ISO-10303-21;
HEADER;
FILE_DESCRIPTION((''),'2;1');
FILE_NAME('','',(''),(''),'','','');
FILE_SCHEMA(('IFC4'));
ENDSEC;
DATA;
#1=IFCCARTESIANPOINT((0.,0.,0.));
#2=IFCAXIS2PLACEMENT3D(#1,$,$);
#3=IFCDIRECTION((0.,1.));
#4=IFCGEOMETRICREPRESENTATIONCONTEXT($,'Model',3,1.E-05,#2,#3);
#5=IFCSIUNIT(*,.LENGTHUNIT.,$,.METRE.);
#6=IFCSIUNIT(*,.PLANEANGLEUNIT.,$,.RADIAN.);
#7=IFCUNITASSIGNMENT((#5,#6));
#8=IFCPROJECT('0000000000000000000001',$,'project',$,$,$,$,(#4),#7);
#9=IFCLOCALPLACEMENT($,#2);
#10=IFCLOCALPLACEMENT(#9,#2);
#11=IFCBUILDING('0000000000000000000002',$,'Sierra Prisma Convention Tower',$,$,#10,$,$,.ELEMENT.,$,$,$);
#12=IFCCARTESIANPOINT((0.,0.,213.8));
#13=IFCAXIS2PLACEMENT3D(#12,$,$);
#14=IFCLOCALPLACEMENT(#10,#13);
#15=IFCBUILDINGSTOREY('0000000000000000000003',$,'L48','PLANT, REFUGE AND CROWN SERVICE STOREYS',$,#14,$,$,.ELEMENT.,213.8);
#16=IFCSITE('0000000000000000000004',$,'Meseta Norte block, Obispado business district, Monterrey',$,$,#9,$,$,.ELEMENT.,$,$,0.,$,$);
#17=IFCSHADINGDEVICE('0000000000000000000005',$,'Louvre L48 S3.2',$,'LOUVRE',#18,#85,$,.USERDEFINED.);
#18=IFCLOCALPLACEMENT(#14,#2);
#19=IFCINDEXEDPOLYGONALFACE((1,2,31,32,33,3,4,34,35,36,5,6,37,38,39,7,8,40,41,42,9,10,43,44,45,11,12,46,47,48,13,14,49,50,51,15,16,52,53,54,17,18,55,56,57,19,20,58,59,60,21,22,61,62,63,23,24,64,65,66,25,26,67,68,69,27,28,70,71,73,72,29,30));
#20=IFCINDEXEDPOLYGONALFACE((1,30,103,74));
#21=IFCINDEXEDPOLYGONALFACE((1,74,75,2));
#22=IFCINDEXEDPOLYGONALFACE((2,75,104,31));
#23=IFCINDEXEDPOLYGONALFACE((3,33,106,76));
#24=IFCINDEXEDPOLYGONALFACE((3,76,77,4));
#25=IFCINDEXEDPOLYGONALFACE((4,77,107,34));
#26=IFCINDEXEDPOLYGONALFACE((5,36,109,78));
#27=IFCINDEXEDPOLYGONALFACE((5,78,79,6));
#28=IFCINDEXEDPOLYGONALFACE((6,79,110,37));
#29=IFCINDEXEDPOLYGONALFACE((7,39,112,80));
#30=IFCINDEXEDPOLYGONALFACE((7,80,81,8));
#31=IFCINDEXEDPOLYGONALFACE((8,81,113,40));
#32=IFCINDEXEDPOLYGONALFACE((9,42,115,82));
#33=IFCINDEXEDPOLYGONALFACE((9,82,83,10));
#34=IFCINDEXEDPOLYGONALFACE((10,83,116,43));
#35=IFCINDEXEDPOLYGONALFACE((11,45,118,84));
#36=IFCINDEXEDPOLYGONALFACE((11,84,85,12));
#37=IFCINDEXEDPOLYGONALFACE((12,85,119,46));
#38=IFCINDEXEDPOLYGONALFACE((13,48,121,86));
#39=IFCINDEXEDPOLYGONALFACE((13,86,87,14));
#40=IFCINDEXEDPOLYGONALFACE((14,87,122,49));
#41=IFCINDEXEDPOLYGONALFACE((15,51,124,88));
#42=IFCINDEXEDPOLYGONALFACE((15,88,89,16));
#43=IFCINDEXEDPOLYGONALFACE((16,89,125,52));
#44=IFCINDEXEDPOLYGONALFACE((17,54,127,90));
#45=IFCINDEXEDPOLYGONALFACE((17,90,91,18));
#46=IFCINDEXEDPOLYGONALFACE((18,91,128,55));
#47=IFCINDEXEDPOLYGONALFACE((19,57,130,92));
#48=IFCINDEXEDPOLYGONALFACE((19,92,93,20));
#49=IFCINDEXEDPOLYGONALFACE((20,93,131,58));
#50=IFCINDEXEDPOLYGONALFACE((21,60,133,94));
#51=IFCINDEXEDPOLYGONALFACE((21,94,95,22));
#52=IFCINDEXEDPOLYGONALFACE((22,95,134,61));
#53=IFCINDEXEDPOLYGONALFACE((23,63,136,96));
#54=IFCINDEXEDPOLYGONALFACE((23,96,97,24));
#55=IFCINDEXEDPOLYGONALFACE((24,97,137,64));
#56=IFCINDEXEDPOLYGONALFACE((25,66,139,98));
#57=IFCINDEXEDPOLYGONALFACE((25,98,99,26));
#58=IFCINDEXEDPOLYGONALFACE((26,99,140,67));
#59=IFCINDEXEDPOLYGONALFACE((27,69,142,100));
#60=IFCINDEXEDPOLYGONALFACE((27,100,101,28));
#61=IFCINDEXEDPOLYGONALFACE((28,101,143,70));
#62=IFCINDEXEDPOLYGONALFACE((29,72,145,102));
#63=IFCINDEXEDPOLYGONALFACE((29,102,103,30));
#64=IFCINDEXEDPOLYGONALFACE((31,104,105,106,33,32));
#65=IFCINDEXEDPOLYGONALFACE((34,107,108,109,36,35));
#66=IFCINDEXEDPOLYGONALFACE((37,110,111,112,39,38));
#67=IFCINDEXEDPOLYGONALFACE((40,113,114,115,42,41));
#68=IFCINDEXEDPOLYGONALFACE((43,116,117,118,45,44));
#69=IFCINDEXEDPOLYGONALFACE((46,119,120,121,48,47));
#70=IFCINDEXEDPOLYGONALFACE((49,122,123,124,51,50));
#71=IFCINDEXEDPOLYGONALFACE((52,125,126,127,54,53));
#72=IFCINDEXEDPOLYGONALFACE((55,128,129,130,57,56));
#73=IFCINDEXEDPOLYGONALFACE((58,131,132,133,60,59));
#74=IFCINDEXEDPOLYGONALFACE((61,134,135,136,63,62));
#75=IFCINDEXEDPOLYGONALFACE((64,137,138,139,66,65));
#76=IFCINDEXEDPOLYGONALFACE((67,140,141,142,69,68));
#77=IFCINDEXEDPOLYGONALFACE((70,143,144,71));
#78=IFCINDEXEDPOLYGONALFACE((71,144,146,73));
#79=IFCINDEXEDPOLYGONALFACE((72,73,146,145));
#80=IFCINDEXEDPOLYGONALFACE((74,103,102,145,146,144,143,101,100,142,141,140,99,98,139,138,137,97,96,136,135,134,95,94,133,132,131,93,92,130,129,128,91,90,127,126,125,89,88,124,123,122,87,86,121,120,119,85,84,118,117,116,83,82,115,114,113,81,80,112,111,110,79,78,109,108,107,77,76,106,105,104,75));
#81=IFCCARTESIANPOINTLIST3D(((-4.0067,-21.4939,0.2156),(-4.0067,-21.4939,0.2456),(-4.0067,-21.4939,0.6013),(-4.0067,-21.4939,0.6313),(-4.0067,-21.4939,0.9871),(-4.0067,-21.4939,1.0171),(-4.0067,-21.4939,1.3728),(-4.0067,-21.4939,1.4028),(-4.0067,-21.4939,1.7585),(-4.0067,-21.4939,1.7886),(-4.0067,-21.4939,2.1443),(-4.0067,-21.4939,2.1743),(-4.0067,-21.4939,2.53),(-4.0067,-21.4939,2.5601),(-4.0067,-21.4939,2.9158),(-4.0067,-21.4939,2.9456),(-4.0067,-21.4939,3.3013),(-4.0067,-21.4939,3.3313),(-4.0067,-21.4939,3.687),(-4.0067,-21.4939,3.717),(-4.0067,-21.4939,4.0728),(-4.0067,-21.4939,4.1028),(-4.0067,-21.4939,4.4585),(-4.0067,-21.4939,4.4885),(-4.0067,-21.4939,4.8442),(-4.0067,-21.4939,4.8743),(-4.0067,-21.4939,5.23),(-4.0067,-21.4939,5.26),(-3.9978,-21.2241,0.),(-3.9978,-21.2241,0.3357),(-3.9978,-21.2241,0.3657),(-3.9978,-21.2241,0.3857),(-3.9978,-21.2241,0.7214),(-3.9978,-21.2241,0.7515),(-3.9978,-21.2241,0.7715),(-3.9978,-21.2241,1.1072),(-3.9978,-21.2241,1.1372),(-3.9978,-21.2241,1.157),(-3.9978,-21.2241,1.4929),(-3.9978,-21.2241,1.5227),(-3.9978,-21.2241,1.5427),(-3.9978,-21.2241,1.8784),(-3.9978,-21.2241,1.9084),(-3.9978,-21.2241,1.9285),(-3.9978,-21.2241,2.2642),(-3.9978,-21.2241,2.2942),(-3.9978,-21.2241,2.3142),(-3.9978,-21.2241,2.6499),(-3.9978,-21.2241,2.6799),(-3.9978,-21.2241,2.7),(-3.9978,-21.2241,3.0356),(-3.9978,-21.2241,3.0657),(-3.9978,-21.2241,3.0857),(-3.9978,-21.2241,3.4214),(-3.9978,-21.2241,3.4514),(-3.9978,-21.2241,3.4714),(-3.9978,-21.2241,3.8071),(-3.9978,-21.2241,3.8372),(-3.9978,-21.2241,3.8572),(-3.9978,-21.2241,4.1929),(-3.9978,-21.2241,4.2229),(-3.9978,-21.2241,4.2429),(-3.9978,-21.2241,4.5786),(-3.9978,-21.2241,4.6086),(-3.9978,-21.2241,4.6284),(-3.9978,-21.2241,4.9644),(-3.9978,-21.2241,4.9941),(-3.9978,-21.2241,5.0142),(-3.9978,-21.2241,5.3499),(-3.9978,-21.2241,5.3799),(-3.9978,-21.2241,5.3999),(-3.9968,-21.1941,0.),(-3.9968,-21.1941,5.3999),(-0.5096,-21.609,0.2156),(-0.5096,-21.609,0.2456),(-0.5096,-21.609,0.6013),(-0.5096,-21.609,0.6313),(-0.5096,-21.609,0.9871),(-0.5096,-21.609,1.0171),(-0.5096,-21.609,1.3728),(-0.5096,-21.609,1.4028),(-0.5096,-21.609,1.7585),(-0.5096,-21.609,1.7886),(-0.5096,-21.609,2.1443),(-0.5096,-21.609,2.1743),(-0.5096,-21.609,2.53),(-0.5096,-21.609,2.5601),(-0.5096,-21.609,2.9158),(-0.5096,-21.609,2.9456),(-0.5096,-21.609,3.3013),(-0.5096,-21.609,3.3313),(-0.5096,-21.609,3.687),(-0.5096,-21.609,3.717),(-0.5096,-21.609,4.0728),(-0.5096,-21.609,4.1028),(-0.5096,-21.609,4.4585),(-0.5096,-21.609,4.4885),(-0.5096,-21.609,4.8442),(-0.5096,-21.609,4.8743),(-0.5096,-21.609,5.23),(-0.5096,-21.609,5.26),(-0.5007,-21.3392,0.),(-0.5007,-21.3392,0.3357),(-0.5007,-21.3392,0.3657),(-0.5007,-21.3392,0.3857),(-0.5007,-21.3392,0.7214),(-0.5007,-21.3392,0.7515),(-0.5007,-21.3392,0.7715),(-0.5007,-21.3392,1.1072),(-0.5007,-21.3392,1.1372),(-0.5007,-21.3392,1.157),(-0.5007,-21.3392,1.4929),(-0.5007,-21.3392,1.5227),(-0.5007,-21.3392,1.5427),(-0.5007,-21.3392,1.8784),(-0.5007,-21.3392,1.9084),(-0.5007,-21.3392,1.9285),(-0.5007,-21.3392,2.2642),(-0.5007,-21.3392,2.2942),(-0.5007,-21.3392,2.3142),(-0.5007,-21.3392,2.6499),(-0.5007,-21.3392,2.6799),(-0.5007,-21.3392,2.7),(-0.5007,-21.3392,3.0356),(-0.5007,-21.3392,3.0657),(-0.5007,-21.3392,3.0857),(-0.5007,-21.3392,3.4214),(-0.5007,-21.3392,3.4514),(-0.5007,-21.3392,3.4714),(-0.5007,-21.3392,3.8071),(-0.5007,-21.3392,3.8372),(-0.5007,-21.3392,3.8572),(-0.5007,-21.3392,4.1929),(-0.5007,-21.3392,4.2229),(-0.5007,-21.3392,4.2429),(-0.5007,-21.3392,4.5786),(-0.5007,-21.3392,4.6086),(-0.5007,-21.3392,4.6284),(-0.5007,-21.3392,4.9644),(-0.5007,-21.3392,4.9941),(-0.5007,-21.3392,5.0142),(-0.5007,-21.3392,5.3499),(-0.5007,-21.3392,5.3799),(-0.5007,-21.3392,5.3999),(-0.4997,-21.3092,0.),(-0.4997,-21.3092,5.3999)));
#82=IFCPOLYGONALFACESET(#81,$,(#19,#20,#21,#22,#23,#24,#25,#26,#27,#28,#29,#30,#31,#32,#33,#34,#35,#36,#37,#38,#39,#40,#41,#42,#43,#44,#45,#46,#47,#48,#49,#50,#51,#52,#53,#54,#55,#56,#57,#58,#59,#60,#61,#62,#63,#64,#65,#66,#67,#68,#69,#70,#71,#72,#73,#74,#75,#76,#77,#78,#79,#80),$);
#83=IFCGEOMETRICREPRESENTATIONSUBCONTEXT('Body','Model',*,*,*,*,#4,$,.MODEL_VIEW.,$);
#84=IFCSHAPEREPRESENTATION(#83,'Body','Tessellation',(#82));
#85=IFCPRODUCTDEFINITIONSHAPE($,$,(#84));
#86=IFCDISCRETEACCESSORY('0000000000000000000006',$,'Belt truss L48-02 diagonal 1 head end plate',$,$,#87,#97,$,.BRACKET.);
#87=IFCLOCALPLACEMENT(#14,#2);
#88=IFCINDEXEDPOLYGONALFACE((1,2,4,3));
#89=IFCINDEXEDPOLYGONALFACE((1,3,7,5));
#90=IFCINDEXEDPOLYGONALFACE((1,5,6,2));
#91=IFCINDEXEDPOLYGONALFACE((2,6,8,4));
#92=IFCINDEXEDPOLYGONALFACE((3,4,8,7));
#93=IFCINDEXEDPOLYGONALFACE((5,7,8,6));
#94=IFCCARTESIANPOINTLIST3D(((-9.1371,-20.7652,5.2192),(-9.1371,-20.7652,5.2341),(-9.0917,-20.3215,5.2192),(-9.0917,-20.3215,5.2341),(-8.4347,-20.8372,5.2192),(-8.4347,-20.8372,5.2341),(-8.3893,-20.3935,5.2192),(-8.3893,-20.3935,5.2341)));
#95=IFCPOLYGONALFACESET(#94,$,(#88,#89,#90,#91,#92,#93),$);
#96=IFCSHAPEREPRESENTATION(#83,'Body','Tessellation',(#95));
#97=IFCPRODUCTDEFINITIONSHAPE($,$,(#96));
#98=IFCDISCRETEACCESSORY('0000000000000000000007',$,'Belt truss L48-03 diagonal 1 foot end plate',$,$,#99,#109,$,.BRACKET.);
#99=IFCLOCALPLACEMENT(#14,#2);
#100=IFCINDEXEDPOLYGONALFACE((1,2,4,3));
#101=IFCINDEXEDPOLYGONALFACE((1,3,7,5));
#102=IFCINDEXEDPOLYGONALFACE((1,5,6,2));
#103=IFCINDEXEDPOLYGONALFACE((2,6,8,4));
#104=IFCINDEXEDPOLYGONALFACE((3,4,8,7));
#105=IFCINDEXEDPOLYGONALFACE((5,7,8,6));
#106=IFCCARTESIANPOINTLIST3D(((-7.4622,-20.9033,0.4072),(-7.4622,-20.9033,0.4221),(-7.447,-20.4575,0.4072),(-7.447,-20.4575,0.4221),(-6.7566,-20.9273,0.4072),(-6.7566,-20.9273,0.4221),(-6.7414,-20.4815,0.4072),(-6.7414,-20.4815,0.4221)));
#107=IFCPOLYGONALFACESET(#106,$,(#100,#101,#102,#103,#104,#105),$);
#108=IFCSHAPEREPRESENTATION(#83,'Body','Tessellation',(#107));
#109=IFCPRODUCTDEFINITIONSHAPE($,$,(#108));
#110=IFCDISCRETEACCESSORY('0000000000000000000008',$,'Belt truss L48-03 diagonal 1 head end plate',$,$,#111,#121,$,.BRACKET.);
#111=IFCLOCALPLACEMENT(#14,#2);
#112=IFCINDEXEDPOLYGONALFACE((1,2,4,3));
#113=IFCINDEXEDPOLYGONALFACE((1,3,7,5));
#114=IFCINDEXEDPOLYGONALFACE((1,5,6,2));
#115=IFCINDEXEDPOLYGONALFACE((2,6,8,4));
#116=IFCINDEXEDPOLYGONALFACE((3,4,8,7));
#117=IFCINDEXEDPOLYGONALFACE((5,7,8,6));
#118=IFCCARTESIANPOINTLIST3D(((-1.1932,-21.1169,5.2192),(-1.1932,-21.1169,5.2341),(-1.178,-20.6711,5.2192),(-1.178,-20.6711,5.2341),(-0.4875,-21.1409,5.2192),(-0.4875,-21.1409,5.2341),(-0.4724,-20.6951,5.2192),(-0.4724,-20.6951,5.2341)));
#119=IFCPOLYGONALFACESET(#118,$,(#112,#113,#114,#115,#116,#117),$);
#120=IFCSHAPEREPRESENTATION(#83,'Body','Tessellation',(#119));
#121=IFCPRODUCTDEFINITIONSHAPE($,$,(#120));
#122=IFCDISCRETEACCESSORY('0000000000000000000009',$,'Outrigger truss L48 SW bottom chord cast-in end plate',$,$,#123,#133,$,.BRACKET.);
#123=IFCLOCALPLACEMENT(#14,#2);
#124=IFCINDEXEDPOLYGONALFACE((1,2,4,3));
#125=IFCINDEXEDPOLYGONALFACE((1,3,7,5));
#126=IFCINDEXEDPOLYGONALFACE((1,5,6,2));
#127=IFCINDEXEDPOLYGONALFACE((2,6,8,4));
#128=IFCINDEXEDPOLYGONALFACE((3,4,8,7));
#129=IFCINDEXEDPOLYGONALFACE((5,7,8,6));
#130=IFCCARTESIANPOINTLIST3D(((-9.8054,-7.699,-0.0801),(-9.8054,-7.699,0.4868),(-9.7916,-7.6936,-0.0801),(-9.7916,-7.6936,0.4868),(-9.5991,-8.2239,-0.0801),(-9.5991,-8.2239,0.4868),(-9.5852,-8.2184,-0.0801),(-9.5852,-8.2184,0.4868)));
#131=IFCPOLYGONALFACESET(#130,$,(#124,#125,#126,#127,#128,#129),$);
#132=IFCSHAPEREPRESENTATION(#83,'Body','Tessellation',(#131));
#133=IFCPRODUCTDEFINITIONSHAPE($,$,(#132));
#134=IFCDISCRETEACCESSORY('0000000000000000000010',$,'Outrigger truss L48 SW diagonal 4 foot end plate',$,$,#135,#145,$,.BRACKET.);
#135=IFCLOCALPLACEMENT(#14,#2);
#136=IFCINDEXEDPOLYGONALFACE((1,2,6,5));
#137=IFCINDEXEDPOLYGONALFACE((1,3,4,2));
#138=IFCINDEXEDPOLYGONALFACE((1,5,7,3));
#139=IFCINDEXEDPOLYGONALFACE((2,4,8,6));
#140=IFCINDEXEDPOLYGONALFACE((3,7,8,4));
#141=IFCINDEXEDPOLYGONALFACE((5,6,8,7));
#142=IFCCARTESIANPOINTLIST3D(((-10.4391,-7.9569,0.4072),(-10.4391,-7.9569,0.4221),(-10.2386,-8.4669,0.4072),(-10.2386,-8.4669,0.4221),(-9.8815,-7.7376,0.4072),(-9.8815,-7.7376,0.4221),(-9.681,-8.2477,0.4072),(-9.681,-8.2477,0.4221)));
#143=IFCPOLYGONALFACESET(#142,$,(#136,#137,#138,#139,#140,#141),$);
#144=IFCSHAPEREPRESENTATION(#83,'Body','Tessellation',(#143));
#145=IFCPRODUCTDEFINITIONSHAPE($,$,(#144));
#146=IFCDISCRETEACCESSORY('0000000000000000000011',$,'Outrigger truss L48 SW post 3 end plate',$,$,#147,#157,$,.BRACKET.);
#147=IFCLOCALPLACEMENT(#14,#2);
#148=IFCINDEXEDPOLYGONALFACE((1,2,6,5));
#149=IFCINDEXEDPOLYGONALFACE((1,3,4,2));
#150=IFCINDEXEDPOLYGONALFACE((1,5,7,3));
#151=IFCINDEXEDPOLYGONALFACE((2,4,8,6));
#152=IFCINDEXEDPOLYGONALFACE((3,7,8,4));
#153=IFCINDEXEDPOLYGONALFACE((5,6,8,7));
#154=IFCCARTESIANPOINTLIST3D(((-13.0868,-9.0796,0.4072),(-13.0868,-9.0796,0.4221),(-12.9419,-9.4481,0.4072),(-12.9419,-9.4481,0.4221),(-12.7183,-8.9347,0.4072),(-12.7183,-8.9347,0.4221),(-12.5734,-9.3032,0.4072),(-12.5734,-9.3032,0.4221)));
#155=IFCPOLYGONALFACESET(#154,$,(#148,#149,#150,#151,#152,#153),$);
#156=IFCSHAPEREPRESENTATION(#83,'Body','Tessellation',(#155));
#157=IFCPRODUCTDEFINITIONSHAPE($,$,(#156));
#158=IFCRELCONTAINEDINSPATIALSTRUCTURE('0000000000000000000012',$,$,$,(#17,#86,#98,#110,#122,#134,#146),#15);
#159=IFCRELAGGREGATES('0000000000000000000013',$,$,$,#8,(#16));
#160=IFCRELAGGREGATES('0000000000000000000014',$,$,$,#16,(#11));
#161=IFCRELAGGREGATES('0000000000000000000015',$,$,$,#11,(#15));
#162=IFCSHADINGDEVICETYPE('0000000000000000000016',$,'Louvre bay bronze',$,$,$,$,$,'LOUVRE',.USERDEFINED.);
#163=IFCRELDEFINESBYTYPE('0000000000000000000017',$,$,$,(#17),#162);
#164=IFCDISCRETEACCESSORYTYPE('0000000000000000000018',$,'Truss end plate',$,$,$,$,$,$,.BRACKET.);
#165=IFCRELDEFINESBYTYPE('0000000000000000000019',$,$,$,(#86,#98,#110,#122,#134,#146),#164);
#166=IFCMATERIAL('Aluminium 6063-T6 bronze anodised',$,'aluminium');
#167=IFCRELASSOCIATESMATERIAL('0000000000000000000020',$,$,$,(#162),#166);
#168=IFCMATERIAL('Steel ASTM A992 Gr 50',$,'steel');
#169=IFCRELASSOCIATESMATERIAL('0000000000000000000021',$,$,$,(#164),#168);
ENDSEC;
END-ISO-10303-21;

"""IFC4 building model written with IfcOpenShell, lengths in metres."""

from ifc_helpers import new_model, si_unit, direction, frame, origin, origin_2d, place, context, subcontext, project, spatial, polyline, rectangle, outline, extrude, material, type_object, element, save


model = new_model("IFC4")

# Units and contexts
model_context = context("Model", 3, precision=1e-05, world=origin(), true_north=direction((0.0, 1.0)))
body_context = subcontext(model_context, "Body", "Model", "MODEL_VIEW")
ifc_project = project(units=[si_unit("LENGTHUNIT", "METRE"), si_unit("PLANEANGLEUNIT", "RADIAN")], contexts=[model_context])

# Site, building, storey
site_placement = place(None, origin())
site = spatial("IfcSite", under=ifc_project, at=site_placement, Name="Meseta Norte block, Obispado business district, Monterrey", CompositionType="ELEMENT", RefElevation=0.0)
building_placement = place(site_placement, origin())
building = spatial("IfcBuilding", under=site, at=building_placement, Name="Sierra Prisma Convention Tower", CompositionType="ELEMENT")
storey_placement = place(building_placement, frame((0.0, 0.0, 213.8)))
storey = spatial("IfcBuildingStorey", under=building, at=storey_placement, Name="L48", Description="PLANT, REFUGE AND CROWN SERVICE STOREYS", CompositionType="ELEMENT", Elevation=213.8)

# Shading device
ifc_material_1 = material(Name="Aluminium 6063-T6 bronze anodised", Category="aluminium")
shading_device_type = type_object("IfcShadingDeviceType", Name="Louvre bay bronze", ElementType="LOUVRE", PredefinedType="USERDEFINED", material=ifc_material_1)
shading_device_1_placement = place(storey_placement, frame((-3.9968, -21.1941, 0.0), z_axis=(-0.999459, 0.032899, 0.0), x_axis=(0.0, 0.0, 1.0)))
element("IfcShadingDevice", 1, at=shading_device_1_placement, inside=storey, type_object=shading_device_type, Name="Louvre L48 S3.2", ObjectType="LOUVRE", PredefinedType="USERDEFINED", context=body_context, shape_type="SweptSolid", body=[
    extrude(outline(polyline([(0.0, 0.0), (5.3999, 0.0), (5.3999, -0.03), (5.3799, -0.03), (5.26, -0.3), (5.23, -0.3), (5.3499, -0.03), (5.0142, -0.03), (4.9941, -0.03), (4.8743, -0.3), (4.8442, -0.3), (4.9644, -0.03), (4.6284, -0.03), (4.6086, -0.03), (4.4885, -0.3), (4.4585, -0.3), (4.5786, -0.03), (4.2429, -0.03), (4.2229, -0.03), (4.1028, -0.3), (4.0728, -0.3), (4.1929, -0.03), (3.8572, -0.03), (3.8372, -0.03), (3.717, -0.3), (3.687, -0.3), (3.8071, -0.03), (3.4714, -0.03), (3.4514, -0.03), (3.3313, -0.3), (3.3013, -0.3), (3.4214, -0.03), (3.0857, -0.03), (3.0657, -0.03), (2.9456, -0.3), (2.9158, -0.3), (3.0356, -0.03), (2.7, -0.03), (2.6799, -0.03), (2.5601, -0.3), (2.53, -0.3), (2.6499, -0.03), (2.3142, -0.03), (2.2942, -0.03), (2.1743, -0.3), (2.1443, -0.3), (2.2642, -0.03), (1.9285, -0.03), (1.9084, -0.03), (1.7886, -0.3), (1.7585, -0.3), (1.8784, -0.03), (1.5427, -0.03), (1.5227, -0.03), (1.4028, -0.3), (1.3728, -0.3), (1.4929, -0.03), (1.157, -0.03), (1.1372, -0.03), (1.0171, -0.3), (0.9871, -0.3), (1.1072, -0.03), (0.7715, -0.03), (0.7515, -0.03), (0.6313, -0.3), (0.6013, -0.3), (0.7214, -0.03), (0.3857, -0.03), (0.3657, -0.03), (0.2456, -0.3), (0.2156, -0.3), (0.3357, -0.03), (0.0, -0.03), (0.0, 0.0)])), origin(), (0.0, 0.0, -1.0), 3.499),
])

# Discrete accessories
ifc_material_2 = material(Name="Steel ASTM A992 Gr 50", Category="steel")
discrete_accessory_type = type_object("IfcDiscreteAccessoryType", Name="Truss end plate", PredefinedType="BRACKET", material=ifc_material_2)
for number, where, z_axis, x_axis, name in (
    (2, (-8.7632, -20.5793, 5.2192), (0.0, 0.0, 1.0), (0.994796, -0.101888, 0.0), "Belt truss L48-02 diagonal 1 head end plate"),
    (3, (-7.1018, -20.6924, 0.4072), (0.0, 0.0, 1.0), (0.999421, -0.034022, 0.0), "Belt truss L48-03 diagonal 1 foot end plate"),
    (4, (-0.8328, -20.906, 5.2192), (0.0, 0.0, 1.0), (0.999421, -0.034022, 0.0), "Belt truss L48-03 diagonal 1 head end plate"),
):
    element("IfcDiscreteAccessory", number, at=place(storey_placement, frame(where, z_axis=z_axis, x_axis=x_axis)), inside=storey, type_object=discrete_accessory_type, Name=name, PredefinedType="BRACKET", context=body_context, shape_type="SweptSolid", body=[
        extrude(rectangle(XDim=0.7061, YDim=0.446, at=origin_2d()), origin(), (0.0, 0.0, 1.0), 0.0149),
    ])
discrete_accessory_1_placement = place(storey_placement, frame((-9.6953, -7.9587, -0.0801), z_axis=(0.0, 0.0, 1.0), x_axis=(0.930651, 0.365907, 0.0)))
element("IfcDiscreteAccessory", 5, at=discrete_accessory_1_placement, inside=storey, type_object=discrete_accessory_type, Name="Outrigger truss L48 SW bottom chord cast-in end plate", PredefinedType="BRACKET", context=body_context, shape_type="SweptSolid", body=[
    extrude(rectangle(XDim=0.0149, YDim=0.564, at=origin_2d()), origin(), (0.0, 0.0, 1.0), 0.5669),
])
discrete_accessory_2_placement = place(storey_placement, frame((-10.0601, -8.1023, 0.4072), z_axis=(0.0, 0.0, 1.0), x_axis=(0.930651, 0.365907, 0.0)))
element("IfcDiscreteAccessory", 6, at=discrete_accessory_2_placement, inside=storey, type_object=discrete_accessory_type, Name="Outrigger truss L48 SW diagonal 4 foot end plate", PredefinedType="BRACKET", context=body_context, shape_type="SweptSolid", body=[
    extrude(rectangle(XDim=0.5991, YDim=0.5481, at=origin_2d()), origin(), (0.0, 0.0, 1.0), 0.0149),
])
discrete_accessory_3_placement = place(storey_placement, frame((-12.8301, -9.1914, 0.4072), z_axis=(0.0, 0.0, 1.0), x_axis=(0.930651, 0.365907, 0.0)))
element("IfcDiscreteAccessory", 7, at=discrete_accessory_3_placement, inside=storey, type_object=discrete_accessory_type, Name="Outrigger truss L48 SW post 3 end plate", PredefinedType="BRACKET", context=body_context, shape_type="SweptSolid", body=[
    extrude(rectangle(XDim=0.396, YDim=0.396, at=origin_2d()), origin(), (0.0, 0.0, 1.0), 0.0149),
])

save(model, "model.ifc")
